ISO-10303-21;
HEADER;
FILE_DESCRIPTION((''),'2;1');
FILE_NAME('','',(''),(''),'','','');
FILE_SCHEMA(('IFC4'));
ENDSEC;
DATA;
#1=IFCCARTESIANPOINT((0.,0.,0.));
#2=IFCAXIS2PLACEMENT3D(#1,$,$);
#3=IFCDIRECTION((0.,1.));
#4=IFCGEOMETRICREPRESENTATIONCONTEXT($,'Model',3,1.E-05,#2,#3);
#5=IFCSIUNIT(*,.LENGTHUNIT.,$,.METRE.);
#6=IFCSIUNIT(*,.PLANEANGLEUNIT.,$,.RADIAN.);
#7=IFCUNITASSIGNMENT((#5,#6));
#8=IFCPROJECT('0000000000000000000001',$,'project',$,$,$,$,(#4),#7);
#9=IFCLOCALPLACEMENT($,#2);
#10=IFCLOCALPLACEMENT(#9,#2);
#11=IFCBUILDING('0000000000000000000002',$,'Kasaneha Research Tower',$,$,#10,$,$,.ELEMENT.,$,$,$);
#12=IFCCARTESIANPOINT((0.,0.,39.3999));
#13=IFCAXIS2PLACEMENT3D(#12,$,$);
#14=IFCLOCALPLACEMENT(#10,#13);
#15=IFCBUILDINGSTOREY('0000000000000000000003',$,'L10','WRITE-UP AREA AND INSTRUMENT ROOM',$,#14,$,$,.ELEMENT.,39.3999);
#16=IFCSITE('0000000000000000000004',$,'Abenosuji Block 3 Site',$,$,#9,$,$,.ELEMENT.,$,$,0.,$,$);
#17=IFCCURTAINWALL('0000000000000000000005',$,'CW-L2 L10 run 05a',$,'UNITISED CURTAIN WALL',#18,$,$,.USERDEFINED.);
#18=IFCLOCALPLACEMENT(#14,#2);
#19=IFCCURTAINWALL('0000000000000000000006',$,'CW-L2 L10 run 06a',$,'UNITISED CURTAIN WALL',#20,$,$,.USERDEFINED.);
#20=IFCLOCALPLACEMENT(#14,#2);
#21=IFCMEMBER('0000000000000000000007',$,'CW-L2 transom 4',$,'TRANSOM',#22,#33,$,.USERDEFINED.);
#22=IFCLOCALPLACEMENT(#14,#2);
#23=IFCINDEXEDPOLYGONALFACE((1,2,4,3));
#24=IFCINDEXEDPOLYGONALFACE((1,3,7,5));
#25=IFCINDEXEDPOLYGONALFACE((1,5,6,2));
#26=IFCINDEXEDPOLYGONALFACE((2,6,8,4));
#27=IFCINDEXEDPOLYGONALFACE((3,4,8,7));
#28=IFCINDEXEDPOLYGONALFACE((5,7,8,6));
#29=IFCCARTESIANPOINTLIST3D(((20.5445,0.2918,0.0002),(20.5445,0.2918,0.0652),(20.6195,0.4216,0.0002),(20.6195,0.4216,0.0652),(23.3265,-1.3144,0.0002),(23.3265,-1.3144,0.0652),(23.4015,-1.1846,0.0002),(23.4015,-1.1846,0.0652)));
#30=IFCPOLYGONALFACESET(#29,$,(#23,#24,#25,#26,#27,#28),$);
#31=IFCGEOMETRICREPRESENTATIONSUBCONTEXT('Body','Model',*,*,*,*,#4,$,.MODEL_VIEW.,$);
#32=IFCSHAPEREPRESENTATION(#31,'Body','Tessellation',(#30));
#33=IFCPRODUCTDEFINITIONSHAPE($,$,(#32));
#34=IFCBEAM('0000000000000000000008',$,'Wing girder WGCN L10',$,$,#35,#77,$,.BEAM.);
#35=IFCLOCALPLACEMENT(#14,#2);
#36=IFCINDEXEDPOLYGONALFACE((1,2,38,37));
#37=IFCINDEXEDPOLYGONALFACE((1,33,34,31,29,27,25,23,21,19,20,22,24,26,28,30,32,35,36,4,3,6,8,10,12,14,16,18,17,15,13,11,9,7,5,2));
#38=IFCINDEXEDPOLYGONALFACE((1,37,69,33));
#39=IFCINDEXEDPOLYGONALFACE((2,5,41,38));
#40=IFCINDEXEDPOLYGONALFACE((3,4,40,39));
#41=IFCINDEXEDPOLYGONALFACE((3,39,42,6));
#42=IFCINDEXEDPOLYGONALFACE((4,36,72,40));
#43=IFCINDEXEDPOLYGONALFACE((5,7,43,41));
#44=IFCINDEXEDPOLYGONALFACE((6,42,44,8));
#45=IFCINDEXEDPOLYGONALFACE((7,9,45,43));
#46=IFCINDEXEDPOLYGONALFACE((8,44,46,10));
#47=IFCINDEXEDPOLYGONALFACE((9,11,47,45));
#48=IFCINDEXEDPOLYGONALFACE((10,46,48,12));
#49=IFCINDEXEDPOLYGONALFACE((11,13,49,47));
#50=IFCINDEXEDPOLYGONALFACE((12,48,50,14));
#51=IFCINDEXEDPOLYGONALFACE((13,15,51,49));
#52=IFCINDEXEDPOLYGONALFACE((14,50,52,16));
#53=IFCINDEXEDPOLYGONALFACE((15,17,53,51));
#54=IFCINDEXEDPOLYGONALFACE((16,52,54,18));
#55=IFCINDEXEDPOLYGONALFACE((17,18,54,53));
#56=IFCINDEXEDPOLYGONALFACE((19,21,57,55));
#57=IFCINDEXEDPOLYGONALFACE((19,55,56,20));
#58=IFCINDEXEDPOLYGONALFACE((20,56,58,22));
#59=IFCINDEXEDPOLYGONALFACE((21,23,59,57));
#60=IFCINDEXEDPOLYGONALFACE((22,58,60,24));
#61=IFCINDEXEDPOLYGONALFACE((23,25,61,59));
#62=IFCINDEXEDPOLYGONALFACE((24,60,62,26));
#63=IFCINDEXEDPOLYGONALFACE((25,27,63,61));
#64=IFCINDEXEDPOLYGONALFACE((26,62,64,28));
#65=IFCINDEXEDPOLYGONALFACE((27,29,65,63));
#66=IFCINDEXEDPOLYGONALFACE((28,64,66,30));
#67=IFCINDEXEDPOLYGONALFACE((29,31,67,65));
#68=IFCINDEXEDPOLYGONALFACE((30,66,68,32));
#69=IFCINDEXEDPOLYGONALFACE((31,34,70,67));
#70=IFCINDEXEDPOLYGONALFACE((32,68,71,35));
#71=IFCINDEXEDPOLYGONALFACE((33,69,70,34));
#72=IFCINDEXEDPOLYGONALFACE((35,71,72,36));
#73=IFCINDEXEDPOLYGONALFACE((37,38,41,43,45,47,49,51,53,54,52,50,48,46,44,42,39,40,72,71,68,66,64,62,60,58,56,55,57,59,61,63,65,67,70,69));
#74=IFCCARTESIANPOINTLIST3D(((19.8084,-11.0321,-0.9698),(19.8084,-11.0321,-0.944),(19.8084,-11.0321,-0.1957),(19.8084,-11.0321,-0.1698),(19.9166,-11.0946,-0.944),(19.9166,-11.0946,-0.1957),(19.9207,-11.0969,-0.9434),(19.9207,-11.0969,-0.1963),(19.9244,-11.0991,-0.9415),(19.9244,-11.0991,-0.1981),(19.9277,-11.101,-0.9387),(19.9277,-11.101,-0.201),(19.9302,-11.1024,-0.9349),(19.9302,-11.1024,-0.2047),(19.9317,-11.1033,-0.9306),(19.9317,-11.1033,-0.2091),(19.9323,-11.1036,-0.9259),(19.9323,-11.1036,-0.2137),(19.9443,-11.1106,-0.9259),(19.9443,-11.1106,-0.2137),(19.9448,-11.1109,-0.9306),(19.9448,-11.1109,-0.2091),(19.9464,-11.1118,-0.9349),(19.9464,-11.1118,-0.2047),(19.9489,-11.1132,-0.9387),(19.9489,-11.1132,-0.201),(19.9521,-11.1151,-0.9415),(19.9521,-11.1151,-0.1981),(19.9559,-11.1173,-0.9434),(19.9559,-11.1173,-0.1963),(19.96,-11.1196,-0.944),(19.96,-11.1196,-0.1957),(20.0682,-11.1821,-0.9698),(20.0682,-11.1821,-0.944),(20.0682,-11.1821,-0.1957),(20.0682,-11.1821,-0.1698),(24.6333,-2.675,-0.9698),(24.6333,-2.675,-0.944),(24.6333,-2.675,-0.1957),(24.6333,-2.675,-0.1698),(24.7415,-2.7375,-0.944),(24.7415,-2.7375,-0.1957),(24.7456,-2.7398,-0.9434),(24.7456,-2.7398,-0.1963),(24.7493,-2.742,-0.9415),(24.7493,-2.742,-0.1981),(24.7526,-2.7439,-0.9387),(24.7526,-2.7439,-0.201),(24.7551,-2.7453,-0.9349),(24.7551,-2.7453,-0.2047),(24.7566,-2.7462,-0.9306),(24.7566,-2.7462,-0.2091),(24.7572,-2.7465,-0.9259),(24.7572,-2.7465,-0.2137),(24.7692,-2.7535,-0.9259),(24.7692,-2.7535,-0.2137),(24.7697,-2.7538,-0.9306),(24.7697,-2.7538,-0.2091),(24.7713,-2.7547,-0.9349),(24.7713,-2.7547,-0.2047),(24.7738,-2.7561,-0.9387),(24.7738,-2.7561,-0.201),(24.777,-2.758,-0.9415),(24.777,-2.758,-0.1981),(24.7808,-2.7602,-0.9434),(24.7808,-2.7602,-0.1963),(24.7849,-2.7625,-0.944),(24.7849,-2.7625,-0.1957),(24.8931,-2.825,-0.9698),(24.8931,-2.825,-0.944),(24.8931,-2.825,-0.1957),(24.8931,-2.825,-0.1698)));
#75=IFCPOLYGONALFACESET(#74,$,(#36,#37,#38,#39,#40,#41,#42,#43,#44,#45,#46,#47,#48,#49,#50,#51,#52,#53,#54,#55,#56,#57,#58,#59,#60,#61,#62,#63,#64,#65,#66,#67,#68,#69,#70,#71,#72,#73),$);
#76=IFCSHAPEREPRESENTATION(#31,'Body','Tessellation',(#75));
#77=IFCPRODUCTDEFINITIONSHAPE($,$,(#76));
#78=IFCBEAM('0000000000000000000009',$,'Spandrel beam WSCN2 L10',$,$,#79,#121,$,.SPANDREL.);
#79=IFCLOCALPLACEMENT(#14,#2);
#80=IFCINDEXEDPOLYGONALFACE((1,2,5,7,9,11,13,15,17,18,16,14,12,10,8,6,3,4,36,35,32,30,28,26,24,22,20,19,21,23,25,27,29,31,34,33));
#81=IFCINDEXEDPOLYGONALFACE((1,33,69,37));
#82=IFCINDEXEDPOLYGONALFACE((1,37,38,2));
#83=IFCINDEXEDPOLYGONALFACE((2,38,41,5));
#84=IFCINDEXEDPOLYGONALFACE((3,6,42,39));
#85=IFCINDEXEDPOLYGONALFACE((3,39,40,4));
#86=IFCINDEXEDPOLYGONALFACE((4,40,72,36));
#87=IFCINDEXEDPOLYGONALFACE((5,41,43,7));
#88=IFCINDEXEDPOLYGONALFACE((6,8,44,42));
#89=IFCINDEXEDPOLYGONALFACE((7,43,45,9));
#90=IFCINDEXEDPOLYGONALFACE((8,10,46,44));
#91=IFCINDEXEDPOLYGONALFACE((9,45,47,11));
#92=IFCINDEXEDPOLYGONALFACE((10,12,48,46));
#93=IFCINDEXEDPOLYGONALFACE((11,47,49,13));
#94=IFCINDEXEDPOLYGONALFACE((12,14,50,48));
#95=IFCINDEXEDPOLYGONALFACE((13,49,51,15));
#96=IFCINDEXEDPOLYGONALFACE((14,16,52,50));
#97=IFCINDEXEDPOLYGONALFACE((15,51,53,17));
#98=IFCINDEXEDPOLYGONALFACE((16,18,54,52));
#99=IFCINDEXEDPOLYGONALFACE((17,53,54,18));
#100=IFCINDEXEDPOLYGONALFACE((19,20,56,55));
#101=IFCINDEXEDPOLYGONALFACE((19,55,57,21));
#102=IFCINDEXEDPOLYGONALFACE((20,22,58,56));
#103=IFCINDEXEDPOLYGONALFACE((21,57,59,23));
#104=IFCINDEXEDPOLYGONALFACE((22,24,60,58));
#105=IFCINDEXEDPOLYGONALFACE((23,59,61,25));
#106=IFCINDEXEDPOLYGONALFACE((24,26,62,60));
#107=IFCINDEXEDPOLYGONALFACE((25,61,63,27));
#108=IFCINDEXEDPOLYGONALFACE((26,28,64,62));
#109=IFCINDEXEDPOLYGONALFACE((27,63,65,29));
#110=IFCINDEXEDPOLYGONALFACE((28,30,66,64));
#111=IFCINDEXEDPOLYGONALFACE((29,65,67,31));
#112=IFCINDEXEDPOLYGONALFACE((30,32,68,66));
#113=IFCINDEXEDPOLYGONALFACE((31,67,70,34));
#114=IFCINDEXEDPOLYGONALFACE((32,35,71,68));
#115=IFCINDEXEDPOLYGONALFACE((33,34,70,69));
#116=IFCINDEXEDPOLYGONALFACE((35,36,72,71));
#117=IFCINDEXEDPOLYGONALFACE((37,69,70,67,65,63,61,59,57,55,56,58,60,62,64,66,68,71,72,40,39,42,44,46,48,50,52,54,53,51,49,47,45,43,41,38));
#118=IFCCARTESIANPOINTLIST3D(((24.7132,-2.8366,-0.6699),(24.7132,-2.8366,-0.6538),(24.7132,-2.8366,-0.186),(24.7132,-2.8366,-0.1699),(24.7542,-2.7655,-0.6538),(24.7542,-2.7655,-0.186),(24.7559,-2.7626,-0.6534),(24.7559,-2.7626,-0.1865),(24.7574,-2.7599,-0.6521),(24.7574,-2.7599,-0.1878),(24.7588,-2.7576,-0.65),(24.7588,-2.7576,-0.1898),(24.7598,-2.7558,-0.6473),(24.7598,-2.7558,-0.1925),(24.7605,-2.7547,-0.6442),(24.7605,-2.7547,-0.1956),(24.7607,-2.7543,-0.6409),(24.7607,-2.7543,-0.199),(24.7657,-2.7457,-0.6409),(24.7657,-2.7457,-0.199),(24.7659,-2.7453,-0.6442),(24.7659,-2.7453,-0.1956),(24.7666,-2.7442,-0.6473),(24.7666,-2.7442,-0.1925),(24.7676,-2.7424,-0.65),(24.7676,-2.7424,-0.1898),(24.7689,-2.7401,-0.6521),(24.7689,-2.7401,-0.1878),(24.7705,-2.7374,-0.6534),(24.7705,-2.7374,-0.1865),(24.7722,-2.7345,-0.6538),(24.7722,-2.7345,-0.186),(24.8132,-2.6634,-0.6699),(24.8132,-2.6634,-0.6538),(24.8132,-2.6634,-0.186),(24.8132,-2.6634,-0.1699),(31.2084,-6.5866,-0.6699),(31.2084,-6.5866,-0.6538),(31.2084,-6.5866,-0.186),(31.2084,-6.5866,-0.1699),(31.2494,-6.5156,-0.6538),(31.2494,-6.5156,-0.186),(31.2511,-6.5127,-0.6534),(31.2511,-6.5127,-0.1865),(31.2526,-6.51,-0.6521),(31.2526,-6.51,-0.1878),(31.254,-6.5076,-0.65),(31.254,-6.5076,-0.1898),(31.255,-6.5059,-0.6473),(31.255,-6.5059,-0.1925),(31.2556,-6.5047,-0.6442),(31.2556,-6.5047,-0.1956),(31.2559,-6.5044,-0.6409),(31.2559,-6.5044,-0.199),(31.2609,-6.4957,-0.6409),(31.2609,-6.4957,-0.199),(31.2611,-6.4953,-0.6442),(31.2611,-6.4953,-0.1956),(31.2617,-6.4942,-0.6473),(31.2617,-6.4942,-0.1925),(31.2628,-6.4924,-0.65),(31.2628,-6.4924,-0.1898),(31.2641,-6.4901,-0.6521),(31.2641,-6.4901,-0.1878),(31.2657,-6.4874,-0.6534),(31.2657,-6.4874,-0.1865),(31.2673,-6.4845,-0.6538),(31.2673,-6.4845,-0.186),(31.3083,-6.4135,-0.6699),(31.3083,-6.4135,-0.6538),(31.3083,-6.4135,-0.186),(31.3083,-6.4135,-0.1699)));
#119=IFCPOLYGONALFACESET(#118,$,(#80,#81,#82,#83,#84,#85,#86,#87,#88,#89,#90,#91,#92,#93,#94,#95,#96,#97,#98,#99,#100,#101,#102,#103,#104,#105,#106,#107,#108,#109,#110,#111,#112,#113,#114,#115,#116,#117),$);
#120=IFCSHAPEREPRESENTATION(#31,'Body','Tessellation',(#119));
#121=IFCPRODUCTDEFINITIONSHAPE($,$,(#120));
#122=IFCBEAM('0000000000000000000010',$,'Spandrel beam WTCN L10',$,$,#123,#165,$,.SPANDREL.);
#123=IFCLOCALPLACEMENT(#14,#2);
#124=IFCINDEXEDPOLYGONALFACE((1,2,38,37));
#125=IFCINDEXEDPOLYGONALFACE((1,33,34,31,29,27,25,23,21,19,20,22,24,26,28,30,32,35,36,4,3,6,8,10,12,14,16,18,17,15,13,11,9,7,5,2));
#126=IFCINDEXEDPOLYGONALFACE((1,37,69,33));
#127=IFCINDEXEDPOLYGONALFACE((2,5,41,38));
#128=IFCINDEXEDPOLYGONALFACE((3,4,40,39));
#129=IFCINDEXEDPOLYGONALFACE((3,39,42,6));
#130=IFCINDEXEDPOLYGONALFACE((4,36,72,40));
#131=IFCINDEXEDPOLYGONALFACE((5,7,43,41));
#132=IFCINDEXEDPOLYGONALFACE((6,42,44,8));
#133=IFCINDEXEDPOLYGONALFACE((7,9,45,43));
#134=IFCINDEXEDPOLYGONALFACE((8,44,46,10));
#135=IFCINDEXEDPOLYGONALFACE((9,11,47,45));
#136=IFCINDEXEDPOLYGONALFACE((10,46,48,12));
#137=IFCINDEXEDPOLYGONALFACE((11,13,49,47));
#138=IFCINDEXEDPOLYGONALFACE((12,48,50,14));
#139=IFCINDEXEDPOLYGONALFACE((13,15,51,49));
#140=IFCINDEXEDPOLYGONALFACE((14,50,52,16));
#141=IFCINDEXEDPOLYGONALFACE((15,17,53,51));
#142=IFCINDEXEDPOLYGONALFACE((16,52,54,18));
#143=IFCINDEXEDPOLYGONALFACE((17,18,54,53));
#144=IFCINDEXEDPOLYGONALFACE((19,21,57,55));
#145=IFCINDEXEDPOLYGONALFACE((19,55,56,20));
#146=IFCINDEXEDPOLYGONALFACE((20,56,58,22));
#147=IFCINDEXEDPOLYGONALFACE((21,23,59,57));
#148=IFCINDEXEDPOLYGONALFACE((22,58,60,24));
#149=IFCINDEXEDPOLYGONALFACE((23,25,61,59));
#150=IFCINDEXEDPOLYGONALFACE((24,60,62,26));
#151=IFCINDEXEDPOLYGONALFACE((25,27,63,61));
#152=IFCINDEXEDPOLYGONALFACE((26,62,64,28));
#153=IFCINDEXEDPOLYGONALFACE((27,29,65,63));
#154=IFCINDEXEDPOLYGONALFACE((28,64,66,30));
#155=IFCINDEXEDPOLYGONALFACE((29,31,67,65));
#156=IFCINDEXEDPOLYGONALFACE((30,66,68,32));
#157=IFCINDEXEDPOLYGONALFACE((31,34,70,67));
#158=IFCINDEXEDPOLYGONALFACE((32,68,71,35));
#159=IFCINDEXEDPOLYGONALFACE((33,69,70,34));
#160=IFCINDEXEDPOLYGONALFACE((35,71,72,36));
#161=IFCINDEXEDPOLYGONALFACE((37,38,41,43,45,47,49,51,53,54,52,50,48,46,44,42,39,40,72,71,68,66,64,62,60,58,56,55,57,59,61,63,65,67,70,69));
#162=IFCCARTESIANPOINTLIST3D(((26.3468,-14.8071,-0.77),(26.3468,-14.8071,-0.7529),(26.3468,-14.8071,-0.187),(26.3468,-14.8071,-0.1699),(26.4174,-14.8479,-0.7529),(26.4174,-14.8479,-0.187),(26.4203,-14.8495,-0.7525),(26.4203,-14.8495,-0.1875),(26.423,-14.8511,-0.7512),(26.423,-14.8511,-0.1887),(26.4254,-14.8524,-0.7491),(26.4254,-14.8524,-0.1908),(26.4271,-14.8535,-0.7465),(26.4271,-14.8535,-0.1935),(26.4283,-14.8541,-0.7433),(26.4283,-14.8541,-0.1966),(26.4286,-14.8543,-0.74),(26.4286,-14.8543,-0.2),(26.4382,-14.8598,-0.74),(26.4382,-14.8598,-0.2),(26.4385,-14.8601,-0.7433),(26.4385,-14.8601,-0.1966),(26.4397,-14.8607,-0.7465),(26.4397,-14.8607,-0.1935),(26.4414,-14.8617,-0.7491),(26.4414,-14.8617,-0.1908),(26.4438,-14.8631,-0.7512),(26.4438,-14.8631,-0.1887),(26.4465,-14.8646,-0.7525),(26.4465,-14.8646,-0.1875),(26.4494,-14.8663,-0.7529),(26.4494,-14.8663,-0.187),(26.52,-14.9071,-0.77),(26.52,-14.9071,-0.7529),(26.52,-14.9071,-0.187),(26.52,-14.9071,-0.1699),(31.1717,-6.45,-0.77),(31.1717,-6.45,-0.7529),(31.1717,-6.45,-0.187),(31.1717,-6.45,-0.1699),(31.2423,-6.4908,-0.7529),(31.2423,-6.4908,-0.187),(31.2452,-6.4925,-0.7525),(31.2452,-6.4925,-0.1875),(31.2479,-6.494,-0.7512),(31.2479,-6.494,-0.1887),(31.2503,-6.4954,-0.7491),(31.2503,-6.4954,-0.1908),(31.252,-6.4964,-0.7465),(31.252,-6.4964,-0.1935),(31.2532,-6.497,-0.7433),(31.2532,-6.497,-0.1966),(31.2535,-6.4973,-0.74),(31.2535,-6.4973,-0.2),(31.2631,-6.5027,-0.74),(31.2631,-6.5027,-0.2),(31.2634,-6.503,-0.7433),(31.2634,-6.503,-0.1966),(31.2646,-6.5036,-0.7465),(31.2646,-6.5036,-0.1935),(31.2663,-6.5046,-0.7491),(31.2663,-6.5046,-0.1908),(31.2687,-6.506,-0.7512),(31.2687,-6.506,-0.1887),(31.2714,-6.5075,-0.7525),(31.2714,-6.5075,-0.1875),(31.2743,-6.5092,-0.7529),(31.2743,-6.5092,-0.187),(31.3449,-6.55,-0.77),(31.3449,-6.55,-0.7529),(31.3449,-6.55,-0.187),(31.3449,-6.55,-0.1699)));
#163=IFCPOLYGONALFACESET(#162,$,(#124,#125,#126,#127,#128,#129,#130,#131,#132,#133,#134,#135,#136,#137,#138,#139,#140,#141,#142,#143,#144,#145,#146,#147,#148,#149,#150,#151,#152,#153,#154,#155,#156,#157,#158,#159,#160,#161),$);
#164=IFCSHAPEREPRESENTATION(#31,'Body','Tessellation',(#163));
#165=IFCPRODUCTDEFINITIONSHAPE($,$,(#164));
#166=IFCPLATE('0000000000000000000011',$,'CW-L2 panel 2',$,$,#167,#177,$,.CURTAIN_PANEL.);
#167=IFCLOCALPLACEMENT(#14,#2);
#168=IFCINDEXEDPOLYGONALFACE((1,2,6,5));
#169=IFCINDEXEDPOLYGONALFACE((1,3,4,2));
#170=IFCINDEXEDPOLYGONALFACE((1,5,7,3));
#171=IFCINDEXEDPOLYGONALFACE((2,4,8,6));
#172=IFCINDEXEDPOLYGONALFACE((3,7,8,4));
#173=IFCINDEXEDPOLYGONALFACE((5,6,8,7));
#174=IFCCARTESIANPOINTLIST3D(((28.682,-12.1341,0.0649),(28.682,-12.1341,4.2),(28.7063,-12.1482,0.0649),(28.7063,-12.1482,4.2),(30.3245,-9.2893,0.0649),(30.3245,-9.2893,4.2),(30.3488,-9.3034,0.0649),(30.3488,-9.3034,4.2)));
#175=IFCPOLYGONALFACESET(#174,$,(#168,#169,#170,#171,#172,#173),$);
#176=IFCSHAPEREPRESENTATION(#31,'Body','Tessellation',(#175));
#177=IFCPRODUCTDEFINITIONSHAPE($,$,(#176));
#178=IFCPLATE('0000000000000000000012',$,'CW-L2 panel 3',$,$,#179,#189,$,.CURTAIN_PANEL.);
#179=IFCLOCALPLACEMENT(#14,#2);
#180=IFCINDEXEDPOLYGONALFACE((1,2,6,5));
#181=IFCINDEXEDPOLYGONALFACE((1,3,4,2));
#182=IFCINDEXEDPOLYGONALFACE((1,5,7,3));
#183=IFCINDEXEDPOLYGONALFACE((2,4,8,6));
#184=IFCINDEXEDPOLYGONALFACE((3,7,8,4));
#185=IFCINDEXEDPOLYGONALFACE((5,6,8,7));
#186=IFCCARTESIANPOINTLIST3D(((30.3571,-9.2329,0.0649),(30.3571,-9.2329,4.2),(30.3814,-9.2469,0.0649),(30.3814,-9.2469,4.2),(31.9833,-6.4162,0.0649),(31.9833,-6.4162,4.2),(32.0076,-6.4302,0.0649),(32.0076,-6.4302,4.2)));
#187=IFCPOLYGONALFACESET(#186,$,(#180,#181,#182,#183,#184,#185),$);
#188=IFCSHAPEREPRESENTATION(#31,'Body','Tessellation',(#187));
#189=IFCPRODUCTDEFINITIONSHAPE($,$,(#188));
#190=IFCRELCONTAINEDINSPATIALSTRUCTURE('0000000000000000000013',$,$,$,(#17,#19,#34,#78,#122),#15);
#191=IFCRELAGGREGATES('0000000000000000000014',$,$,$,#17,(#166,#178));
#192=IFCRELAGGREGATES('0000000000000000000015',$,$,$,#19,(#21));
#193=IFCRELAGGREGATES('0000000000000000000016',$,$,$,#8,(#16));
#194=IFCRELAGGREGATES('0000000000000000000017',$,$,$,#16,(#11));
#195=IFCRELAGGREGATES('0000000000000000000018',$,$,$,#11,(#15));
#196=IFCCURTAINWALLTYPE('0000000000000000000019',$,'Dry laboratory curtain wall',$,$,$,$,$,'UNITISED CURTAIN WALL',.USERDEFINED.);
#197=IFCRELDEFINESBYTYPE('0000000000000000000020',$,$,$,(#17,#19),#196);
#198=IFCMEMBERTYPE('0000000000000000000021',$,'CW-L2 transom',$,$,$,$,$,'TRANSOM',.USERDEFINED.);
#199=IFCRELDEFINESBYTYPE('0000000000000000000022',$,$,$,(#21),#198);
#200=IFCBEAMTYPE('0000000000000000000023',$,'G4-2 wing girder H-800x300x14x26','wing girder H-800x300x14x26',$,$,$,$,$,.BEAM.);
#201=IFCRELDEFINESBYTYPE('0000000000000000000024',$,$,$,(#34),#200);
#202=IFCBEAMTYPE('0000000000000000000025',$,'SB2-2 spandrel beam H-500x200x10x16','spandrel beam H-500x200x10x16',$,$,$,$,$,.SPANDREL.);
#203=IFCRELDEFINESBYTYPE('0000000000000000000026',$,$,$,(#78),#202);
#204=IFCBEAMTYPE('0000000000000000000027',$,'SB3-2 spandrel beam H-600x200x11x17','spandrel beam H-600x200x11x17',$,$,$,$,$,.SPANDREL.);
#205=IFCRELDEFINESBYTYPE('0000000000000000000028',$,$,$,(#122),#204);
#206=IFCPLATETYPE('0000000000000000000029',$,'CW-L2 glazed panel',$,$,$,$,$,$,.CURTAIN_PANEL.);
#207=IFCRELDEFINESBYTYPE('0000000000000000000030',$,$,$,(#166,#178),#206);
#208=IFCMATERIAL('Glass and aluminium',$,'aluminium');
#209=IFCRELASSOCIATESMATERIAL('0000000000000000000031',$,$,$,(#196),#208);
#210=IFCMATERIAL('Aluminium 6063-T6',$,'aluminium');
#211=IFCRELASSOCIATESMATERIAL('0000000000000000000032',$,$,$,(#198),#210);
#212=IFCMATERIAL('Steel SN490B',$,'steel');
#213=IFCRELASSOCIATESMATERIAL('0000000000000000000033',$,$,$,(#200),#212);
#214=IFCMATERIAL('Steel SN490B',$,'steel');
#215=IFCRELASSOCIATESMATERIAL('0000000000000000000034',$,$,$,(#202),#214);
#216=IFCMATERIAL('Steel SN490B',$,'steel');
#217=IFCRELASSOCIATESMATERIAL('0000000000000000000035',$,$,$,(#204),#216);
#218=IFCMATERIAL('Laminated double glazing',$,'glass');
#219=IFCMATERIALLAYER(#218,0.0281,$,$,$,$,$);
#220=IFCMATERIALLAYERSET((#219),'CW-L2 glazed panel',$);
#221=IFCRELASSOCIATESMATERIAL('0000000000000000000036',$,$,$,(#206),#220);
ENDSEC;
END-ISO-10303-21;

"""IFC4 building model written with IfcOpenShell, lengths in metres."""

from ifc_helpers import new_model, si_unit, direction, frame, origin, origin_2d, place, context, subcontext, project, spatial, rectangle, i_section, extrude, material, layer, layer_set, material_profile, profile_set, type_object, element, aggregate, save


model = new_model("IFC4")

# Units and contexts
model_context = context("Model", 3, precision=1e-05, world=origin(), true_north=direction((0.0, 1.0)))
body_context = subcontext(model_context, "Body", "Model", "MODEL_VIEW")
ifc_project = project(units=[si_unit("LENGTHUNIT", "METRE"), si_unit("PLANEANGLEUNIT", "RADIAN")], contexts=[model_context])

# Site, building, storey
site_placement = place(None, origin())
site = spatial("IfcSite", under=ifc_project, at=site_placement, Name="Abenosuji Block 3 Site", CompositionType="ELEMENT", RefElevation=0.0)
building_placement = place(site_placement, origin())
building = spatial("IfcBuilding", under=site, at=building_placement, Name="Kasaneha Research Tower", CompositionType="ELEMENT")
storey_placement = place(building_placement, frame((0.0, 0.0, 39.3999)))
storey = spatial("IfcBuildingStorey", under=building, at=storey_placement, Name="L10", Description="WRITE-UP AREA AND INSTRUMENT ROOM", CompositionType="ELEMENT", Elevation=39.3999)

# Curtain walls
ifc_material_1 = material(Name="Glass and aluminium", Category="aluminium")
curtain_wall_type = type_object("IfcCurtainWallType", Name="Dry laboratory curtain wall", ElementType="UNITISED CURTAIN WALL", PredefinedType="USERDEFINED", material=ifc_material_1)
curtain_wall_1_placement = place(storey_placement, origin())
curtain_wall_1 = element("IfcCurtainWall", 1, at=curtain_wall_1_placement, inside=storey, type_object=curtain_wall_type, Name="CW-L2 L10 run 05a", ObjectType="UNITISED CURTAIN WALL", PredefinedType="USERDEFINED")
curtain_wall_2_placement = place(storey_placement, origin())
curtain_wall_2 = element("IfcCurtainWall", 2, at=curtain_wall_2_placement, inside=storey, type_object=curtain_wall_type, Name="CW-L2 L10 run 06a", ObjectType="UNITISED CURTAIN WALL", PredefinedType="USERDEFINED")

# Member
ifc_material_2 = material(Name="Aluminium 6063-T6", Category="aluminium")
ifc_material_profile_1 = material_profile(ifc_material_2, rectangle(XDim=0.1499, YDim=0.0649, at=origin_2d()), Name="CW-L2 transom 150x65")
ifc_profile_set_1 = profile_set([ifc_material_profile_1], Name="Aluminium 6063-T6")
member_type_1 = type_object("IfcMemberType", Name="CW-L2 transom", ElementType="TRANSOM", PredefinedType="USERDEFINED", material=ifc_profile_set_1)
member_1_placement = place(storey_placement, frame((23.364, -1.2495, 0.0327), z_axis=(-0.866022, 0.500005, 0.0), x_axis=(-0.500005, -0.866022, 0.0)))
member_1 = element("IfcMember", 3, at=member_1_placement, type_object=member_type_1, Name="CW-L2 transom 4", ObjectType="TRANSOM", PredefinedType="USERDEFINED", context=body_context, shape_type="SweptSolid", body=[
    extrude(rectangle(XDim=0.1499, YDim=0.0649, at=origin_2d()), origin(), (0.0, 0.0, 1.0), 3.2124),
])

# Beams
ifc_material_3 = material(Name="Steel SN490B", Category="steel")
ifc_material_profile_2 = material_profile(ifc_material_3, i_section(OverallWidth=0.3, OverallDepth=0.8, WebThickness=0.0139, FlangeThickness=0.0259, FilletRadius=0.0181, at=origin_2d()), Name="H-800x300x14x26")
ifc_profile_set_2 = profile_set([ifc_material_profile_2], Name="Steel SN490B")
beam_type_1 = type_object("IfcBeamType", Name="G4-2 wing girder H-800x300x14x26", Description="wing girder H-800x300x14x26", PredefinedType="BEAM", material=ifc_profile_set_2)
beam_1_placement = place(storey_placement, frame((24.7632, -2.75, -0.5698), z_axis=(-0.499995, -0.866028, 0.0), x_axis=(0.866028, -0.499995, 0.0)))
element("IfcBeam", 4, at=beam_1_placement, inside=storey, type_object=beam_type_1, Name="Wing girder WGCN L10", PredefinedType="BEAM", context=body_context, shape_type="SweptSolid", body=[
    extrude(i_section(OverallWidth=0.3, OverallDepth=0.8, WebThickness=0.0139, FlangeThickness=0.0259, FilletRadius=0.0181, at=origin_2d()), origin(), (0.0, 0.0, 1.0), 9.6499),
])
ifc_material_4 = material(Name="Steel SN490B", Category="steel")
ifc_material_profile_3 = material_profile(ifc_material_4, i_section(OverallWidth=0.2, OverallDepth=0.5, WebThickness=0.01, FlangeThickness=0.0161, FilletRadius=0.0129, at=origin_2d()), Name="H-500x200x10x16")
ifc_profile_set_3 = profile_set([ifc_material_profile_3], Name="Steel SN490B")
beam_type_2 = type_object("IfcBeamType", Name="SB2-2 spandrel beam H-500x200x10x16", Description="spandrel beam H-500x200x10x16", PredefinedType="SPANDREL", material=ifc_profile_set_3)
beam_2_placement = place(storey_placement, frame((24.7632, -2.75, -0.4199), z_axis=(0.866023, -0.500004, 0.0), x_axis=(0.500004, 0.866023, 0.0)))
element("IfcBeam", 5, at=beam_2_placement, inside=storey, type_object=beam_type_2, Name="Spandrel beam WSCN2 L10", PredefinedType="SPANDREL", context=body_context, shape_type="SweptSolid", body=[
    extrude(i_section(OverallWidth=0.2, OverallDepth=0.5, WebThickness=0.01, FlangeThickness=0.0161, FilletRadius=0.0129, at=origin_2d()), origin(), (0.0, 0.0, 1.0), 7.5),
])
ifc_material_5 = material(Name="Steel SN490B", Category="steel")
ifc_material_profile_4 = material_profile(ifc_material_5, i_section(OverallWidth=0.2, OverallDepth=0.6001, WebThickness=0.011, FlangeThickness=0.0171, FilletRadius=0.0129, at=origin_2d()), Name="H-600x200x11x17")
ifc_profile_set_4 = profile_set([ifc_material_profile_4], Name="Steel SN490B")
beam_type_3 = type_object("IfcBeamType", Name="SB3-2 spandrel beam H-600x200x11x17", Description="spandrel beam H-600x200x11x17", PredefinedType="SPANDREL", material=ifc_profile_set_4)
beam_3_placement = place(storey_placement, frame((31.2583, -6.5, -0.47), z_axis=(-0.499995, -0.866028, 0.0), x_axis=(0.866028, -0.499995, 0.0)))
element("IfcBeam", 6, at=beam_3_placement, inside=storey, type_object=beam_type_3, Name="Spandrel beam WTCN L10", PredefinedType="SPANDREL", context=body_context, shape_type="SweptSolid", body=[
    extrude(i_section(OverallWidth=0.2, OverallDepth=0.6001, WebThickness=0.011, FlangeThickness=0.0171, FilletRadius=0.0129, at=origin_2d()), origin(), (0.0, 0.0, 1.0), 9.6499),
])

# Plates
ifc_material_6 = material(Name="Laminated double glazing", Category="glass")
ifc_layer_1 = layer(ifc_material_6, 0.0281)
ifc_layer_set_1 = layer_set([ifc_layer_1], Name="CW-L2 glazed panel")
plate_type = type_object("IfcPlateType", Name="CW-L2 glazed panel", PredefinedType="CURTAIN_PANEL", material=ifc_layer_set_1)
plate_1_placement = place(storey_placement, frame((29.5154, -10.7188, 0.0649), z_axis=(0.0, 0.0, 1.0), x_axis=(0.5, 0.866025, 0.0)))
plate_1 = element("IfcPlate", 7, at=plate_1_placement, type_object=plate_type, Name="CW-L2 panel 2", PredefinedType="CURTAIN_PANEL", context=body_context, shape_type="SweptSolid", body=[
    extrude(rectangle(XDim=3.2849, YDim=0.0281, at=origin_2d()), origin(), (0.0, 0.0, 1.0), 4.135),
])
plate_2_placement = place(storey_placement, frame((31.1824, -7.8315, 0.0649), z_axis=(0.0, 0.0, 1.0), x_axis=(0.5, 0.866025, 0.0)))
plate_2 = element("IfcPlate", 8, at=plate_2_placement, type_object=plate_type, Name="CW-L2 panel 3", PredefinedType="CURTAIN_PANEL", context=body_context, shape_type="SweptSolid", body=[
    extrude(rectangle(XDim=3.2524, YDim=0.0281, at=origin_2d()), origin(), (0.0, 0.0, 1.0), 4.135),
])
aggregate(curtain_wall_1, [plate_1, plate_2])
aggregate(curtain_wall_2, [member_1])

save(model, "model.ifc")
